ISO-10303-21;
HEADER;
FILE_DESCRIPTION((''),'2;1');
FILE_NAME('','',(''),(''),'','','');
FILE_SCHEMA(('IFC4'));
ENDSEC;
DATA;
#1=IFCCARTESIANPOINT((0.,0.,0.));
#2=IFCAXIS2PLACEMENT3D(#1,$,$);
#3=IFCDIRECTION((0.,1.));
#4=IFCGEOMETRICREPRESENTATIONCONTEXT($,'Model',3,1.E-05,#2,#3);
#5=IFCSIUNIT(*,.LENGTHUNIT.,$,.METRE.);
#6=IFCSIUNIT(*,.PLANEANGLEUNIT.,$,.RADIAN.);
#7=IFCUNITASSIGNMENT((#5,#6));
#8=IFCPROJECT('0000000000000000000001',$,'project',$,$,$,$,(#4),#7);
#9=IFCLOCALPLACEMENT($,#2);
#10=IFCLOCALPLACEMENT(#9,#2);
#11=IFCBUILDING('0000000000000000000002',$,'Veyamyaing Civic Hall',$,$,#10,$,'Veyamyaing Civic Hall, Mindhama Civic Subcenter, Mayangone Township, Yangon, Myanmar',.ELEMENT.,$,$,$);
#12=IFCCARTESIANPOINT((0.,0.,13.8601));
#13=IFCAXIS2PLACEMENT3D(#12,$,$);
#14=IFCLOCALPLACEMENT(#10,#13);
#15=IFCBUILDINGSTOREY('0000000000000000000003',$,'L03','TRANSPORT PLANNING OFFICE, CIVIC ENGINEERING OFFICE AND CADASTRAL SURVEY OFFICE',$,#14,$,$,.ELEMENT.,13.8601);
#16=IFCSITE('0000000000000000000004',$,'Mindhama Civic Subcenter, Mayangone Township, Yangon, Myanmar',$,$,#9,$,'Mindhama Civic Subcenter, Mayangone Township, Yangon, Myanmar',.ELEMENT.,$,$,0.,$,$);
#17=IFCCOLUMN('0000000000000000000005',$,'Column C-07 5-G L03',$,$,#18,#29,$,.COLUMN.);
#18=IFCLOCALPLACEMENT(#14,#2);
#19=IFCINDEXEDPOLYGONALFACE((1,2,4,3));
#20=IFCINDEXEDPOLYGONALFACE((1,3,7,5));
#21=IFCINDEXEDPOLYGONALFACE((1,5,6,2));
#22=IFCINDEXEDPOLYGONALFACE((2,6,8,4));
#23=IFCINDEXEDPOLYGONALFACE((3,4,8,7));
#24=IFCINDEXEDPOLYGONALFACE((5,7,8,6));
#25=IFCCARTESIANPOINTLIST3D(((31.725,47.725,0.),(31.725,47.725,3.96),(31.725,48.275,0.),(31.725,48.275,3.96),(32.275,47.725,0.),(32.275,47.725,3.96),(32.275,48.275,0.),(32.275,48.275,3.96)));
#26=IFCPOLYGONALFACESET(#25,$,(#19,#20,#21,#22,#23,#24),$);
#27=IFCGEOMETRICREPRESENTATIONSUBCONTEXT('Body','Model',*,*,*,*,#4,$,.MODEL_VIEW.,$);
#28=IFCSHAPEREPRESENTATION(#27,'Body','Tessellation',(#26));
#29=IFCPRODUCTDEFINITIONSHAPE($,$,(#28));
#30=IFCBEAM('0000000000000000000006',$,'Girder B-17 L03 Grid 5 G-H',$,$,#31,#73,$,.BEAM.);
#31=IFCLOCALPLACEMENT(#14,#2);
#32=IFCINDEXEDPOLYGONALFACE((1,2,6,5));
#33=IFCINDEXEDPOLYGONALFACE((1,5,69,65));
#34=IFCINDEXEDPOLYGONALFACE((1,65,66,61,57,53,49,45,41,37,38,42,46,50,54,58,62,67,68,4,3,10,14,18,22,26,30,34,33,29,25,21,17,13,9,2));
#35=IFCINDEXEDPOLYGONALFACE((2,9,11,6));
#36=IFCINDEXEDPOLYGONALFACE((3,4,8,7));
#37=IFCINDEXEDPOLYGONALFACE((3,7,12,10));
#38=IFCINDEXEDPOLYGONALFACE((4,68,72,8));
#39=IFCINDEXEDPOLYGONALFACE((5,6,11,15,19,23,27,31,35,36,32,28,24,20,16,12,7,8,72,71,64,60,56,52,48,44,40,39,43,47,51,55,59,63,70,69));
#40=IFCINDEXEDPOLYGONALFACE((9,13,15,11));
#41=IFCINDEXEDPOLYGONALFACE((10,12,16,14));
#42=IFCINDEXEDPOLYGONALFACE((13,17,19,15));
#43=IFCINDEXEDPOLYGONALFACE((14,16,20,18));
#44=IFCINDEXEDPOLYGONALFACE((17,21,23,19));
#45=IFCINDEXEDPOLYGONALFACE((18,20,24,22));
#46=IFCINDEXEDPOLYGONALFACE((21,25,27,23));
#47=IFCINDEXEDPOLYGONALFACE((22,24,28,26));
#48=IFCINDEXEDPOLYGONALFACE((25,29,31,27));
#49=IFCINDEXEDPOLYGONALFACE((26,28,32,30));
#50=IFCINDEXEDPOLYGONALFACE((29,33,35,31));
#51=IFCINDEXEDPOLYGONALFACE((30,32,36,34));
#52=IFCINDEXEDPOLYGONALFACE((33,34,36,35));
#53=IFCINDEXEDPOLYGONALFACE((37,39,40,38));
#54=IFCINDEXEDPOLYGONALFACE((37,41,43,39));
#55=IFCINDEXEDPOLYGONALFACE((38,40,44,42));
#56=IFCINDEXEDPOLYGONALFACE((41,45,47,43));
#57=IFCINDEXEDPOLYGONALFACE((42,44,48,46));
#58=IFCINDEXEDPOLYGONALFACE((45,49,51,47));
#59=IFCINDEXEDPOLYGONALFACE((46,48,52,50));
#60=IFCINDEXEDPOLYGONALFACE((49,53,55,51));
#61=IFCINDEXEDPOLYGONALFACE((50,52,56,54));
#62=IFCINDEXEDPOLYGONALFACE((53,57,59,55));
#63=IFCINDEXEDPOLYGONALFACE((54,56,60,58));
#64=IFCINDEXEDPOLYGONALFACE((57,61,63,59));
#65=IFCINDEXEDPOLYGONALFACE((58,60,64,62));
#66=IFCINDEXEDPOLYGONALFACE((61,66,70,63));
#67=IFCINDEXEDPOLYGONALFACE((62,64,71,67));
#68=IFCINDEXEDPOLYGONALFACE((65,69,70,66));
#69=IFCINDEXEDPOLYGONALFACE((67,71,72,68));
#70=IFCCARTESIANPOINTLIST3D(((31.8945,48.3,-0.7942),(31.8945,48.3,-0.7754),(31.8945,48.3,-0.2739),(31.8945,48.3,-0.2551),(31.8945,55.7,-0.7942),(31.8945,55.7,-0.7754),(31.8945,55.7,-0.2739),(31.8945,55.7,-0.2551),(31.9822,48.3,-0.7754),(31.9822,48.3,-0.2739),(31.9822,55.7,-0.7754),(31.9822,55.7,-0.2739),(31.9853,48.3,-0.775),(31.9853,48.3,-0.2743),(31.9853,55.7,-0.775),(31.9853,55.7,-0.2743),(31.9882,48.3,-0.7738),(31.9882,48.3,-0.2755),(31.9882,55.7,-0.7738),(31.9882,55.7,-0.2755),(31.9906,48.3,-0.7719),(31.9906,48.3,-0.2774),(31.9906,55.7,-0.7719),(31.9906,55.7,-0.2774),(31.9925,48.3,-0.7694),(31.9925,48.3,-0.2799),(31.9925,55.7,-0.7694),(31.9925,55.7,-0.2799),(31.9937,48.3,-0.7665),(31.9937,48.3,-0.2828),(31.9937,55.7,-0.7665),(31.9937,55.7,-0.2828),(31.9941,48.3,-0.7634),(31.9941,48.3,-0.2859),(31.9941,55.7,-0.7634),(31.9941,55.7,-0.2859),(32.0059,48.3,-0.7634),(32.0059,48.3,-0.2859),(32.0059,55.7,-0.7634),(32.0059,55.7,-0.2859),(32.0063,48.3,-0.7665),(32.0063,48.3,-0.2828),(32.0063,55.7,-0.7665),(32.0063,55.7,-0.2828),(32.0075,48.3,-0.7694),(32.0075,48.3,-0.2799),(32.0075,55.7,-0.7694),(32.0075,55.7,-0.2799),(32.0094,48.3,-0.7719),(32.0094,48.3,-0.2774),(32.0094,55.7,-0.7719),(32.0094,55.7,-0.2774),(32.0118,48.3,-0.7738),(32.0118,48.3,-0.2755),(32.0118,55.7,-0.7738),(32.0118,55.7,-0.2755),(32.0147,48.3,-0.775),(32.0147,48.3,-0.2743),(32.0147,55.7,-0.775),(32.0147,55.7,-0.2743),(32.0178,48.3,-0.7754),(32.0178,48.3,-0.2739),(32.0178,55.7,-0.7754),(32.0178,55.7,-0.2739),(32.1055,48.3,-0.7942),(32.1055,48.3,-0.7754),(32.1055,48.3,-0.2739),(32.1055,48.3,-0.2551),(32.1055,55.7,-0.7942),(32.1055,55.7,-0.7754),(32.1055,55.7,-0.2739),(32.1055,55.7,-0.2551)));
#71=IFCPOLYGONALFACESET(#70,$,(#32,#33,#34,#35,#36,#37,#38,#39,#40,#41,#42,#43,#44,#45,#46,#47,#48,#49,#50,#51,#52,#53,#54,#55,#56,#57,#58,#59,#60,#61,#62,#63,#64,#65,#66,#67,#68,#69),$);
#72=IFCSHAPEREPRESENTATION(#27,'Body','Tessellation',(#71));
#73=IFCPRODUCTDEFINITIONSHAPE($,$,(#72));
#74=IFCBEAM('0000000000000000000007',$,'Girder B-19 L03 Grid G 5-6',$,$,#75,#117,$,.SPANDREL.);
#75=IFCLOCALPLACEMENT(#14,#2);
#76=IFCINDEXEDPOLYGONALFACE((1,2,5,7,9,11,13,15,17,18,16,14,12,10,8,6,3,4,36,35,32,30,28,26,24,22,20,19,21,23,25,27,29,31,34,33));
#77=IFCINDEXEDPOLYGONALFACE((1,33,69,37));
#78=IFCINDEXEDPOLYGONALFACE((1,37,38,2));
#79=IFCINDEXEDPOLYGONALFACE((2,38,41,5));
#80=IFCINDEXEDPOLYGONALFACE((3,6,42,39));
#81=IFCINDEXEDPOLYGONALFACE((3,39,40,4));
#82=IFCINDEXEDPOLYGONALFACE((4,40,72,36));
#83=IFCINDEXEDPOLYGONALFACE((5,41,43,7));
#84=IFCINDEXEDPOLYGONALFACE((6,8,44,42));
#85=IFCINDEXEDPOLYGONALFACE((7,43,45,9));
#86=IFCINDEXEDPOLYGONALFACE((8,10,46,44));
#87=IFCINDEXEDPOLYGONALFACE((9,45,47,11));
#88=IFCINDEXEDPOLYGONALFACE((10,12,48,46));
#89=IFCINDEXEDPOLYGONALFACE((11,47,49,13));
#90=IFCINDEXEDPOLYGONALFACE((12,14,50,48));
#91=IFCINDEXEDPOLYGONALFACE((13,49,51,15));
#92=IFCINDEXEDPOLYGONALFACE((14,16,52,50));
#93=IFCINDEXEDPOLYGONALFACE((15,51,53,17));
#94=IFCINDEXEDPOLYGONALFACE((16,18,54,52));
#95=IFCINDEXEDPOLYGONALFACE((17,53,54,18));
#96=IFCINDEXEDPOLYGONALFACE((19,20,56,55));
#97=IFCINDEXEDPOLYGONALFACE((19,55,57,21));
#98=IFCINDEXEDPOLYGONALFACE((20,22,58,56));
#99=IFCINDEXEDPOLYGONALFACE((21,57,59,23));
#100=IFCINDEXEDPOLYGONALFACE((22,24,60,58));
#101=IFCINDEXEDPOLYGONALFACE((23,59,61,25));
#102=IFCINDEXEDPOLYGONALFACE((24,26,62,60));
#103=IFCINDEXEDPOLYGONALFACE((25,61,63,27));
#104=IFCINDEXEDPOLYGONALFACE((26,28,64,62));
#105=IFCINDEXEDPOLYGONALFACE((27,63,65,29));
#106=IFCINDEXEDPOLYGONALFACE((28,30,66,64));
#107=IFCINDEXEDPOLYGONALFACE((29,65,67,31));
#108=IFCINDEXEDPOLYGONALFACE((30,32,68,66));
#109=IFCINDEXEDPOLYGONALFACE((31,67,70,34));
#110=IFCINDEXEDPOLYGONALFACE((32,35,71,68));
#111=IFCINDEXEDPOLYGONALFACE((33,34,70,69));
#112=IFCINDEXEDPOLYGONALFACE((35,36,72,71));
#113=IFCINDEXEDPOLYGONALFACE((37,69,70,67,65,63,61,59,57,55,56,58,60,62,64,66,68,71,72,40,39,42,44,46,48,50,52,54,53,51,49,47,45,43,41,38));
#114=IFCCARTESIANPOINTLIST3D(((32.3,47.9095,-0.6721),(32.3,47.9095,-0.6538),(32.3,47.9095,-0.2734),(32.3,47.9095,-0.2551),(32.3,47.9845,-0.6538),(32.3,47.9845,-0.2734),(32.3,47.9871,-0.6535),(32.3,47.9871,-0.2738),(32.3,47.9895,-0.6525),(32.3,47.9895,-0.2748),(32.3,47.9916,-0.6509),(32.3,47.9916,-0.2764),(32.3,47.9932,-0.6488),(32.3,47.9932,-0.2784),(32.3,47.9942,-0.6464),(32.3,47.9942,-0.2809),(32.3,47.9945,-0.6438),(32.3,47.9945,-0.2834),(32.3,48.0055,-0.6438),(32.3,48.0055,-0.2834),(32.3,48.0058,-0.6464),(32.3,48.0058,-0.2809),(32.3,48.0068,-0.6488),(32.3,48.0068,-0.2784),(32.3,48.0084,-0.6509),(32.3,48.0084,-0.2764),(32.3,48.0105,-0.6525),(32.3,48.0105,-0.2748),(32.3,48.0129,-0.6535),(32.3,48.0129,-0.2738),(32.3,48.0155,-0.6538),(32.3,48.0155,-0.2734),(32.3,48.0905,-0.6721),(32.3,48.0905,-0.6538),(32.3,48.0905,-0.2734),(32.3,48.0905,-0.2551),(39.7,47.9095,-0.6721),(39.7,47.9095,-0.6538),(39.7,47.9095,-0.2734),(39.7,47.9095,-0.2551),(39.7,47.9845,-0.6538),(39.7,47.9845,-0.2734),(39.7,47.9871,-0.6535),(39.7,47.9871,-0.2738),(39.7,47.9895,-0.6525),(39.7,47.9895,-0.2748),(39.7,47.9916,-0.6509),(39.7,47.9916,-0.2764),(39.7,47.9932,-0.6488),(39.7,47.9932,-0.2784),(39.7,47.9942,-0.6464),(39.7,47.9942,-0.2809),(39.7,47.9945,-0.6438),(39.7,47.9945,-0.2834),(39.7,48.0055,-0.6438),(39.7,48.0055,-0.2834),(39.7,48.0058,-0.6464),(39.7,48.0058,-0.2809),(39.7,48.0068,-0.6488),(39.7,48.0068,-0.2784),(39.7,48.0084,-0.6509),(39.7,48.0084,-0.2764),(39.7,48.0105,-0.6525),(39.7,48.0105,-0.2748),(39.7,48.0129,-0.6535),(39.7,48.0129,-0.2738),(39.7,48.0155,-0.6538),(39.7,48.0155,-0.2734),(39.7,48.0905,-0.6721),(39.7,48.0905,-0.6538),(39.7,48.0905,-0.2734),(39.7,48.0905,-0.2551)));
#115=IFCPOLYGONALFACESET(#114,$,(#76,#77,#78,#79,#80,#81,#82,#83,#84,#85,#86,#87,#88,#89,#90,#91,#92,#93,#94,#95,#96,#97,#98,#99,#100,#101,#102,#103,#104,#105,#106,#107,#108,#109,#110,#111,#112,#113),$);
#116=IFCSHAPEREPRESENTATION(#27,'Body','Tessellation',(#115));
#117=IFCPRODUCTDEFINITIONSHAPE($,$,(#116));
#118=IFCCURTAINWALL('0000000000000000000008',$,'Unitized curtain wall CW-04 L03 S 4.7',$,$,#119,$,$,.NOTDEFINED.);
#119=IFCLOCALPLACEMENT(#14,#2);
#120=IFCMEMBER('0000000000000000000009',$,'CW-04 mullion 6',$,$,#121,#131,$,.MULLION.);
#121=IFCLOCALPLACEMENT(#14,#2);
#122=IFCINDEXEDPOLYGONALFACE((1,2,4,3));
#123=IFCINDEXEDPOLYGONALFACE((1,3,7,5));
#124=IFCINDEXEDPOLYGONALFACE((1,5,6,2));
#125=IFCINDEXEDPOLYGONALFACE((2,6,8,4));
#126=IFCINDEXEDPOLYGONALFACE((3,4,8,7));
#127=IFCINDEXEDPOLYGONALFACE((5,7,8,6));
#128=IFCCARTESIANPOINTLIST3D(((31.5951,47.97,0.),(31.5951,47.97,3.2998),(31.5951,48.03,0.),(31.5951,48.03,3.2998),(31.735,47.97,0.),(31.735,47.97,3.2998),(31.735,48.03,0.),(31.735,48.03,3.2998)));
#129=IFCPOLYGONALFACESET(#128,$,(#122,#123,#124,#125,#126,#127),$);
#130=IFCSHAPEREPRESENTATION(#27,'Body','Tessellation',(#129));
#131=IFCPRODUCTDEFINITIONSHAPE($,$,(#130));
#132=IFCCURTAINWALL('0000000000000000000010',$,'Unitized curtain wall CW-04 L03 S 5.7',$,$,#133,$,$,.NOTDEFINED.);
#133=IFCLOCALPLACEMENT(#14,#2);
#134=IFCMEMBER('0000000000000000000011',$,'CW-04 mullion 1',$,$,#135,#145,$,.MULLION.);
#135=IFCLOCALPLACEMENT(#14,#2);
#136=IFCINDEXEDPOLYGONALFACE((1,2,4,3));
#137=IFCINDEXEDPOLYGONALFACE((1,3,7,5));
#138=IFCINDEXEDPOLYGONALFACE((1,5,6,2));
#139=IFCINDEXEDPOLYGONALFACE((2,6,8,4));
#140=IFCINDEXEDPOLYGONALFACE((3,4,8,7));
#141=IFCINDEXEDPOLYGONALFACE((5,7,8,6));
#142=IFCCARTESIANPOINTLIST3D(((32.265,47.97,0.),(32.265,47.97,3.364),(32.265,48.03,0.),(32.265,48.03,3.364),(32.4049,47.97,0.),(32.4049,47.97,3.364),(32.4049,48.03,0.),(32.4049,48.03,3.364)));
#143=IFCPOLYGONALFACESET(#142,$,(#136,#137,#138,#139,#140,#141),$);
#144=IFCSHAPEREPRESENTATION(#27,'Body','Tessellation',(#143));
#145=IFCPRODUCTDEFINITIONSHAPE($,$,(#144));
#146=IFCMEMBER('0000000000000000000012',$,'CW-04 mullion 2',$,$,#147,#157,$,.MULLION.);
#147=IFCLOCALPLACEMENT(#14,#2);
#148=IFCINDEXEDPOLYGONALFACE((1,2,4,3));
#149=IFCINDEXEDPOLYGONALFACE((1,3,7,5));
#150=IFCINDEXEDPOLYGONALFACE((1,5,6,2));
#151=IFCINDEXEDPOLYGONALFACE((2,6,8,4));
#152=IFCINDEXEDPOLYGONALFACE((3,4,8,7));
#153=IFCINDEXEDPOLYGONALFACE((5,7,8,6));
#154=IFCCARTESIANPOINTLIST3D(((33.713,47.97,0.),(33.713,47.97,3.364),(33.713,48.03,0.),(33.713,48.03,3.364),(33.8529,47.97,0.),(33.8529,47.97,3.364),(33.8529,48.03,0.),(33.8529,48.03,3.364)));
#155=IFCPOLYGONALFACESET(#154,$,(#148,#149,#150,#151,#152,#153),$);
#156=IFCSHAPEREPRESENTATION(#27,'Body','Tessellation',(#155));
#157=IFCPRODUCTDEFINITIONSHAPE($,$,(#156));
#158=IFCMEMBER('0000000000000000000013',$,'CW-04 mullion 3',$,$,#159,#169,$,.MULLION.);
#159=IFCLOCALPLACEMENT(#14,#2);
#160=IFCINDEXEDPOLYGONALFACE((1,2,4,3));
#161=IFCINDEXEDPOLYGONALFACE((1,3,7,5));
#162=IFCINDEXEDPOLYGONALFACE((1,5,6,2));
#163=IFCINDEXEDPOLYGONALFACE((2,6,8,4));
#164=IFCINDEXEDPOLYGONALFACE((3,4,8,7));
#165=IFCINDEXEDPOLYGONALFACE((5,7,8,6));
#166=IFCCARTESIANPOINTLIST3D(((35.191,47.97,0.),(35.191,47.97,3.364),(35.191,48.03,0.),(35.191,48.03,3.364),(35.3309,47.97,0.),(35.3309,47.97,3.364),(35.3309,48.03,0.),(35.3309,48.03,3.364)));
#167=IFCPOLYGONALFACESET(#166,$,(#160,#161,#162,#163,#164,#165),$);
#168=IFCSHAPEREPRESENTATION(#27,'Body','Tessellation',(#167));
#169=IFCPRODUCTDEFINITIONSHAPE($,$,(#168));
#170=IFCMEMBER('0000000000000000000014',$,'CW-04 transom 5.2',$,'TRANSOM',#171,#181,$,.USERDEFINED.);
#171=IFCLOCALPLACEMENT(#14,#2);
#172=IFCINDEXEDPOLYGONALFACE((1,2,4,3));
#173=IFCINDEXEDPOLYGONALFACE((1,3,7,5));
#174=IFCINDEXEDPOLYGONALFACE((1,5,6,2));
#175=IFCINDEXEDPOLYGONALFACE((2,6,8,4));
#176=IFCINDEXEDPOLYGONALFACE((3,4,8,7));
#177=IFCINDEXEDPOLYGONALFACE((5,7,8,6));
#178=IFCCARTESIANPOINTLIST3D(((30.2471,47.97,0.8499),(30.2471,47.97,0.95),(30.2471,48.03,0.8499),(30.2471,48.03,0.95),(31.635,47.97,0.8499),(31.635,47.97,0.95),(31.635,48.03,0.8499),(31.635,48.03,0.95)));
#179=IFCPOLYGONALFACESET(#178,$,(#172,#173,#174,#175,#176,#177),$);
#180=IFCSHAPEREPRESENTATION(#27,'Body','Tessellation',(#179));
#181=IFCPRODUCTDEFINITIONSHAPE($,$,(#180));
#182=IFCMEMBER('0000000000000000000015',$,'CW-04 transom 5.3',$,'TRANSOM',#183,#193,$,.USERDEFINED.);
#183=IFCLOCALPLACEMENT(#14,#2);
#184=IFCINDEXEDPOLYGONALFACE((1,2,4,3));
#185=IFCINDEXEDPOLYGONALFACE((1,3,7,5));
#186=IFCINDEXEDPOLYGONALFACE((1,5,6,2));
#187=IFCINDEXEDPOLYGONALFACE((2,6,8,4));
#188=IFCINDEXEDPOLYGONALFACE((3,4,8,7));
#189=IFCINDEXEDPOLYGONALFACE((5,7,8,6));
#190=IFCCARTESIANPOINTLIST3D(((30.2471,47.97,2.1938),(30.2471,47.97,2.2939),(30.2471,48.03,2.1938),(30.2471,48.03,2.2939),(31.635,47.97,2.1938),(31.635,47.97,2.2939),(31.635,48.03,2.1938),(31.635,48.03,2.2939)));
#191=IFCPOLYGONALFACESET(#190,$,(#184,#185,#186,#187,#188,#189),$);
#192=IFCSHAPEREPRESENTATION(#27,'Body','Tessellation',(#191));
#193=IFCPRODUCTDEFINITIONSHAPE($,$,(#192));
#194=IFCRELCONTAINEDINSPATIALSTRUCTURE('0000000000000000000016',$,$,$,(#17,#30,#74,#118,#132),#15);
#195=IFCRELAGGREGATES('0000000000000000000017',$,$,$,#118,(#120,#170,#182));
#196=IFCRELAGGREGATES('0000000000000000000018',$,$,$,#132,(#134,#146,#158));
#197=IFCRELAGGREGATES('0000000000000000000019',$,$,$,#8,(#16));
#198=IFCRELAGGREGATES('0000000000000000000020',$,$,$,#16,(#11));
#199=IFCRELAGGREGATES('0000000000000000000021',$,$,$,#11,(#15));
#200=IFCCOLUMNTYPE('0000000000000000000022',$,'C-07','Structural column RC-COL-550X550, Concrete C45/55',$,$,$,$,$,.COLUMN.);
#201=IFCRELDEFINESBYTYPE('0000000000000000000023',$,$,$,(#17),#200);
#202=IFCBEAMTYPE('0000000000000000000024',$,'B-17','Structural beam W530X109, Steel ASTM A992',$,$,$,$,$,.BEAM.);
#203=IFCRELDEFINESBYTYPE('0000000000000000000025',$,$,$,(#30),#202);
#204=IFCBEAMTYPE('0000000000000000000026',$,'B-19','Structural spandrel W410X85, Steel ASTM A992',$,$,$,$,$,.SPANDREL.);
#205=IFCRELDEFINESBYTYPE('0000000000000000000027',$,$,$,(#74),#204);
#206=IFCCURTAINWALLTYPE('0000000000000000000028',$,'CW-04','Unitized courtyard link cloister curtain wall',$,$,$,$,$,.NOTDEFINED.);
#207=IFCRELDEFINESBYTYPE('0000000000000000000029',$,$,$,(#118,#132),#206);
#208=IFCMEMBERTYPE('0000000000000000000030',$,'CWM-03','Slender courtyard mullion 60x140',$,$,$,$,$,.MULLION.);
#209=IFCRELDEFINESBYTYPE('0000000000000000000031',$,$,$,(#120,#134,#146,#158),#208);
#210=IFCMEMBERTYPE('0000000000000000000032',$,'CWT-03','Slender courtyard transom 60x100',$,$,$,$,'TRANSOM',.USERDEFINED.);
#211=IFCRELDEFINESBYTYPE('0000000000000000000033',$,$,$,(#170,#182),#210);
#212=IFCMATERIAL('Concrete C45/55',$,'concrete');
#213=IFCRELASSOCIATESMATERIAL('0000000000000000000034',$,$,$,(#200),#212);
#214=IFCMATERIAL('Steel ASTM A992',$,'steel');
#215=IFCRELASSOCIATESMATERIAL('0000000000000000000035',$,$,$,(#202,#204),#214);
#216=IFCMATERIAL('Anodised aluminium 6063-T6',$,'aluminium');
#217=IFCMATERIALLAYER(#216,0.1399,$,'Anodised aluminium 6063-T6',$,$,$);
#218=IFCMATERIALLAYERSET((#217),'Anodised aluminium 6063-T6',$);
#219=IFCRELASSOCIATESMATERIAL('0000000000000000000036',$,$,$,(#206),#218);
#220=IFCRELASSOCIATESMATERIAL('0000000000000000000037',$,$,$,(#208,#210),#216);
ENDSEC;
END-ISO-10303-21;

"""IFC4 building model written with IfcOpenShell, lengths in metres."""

from ifc_helpers import new_model, si_unit, direction, frame, origin, origin_2d, place, context, subcontext, project, spatial, rectangle, i_section, extrude, material, layer, layer_set, material_profile, profile_set, type_object, element, aggregate, save


model = new_model("IFC4")

# Units and contexts
model_context = context("Model", 3, precision=1e-05, world=origin(), true_north=direction((0.0, 1.0)))
body_context = subcontext(model_context, "Body", "Model", "MODEL_VIEW")
ifc_project = project(units=[si_unit("LENGTHUNIT", "METRE"), si_unit("PLANEANGLEUNIT", "RADIAN")], contexts=[model_context])

# Site, building, storey
site_placement = place(None, origin())
site = spatial("IfcSite", under=ifc_project, at=site_placement, Name="Mindhama Civic Subcenter, Mayangone Township, Yangon, Myanmar", LongName="Mindhama Civic Subcenter, Mayangone Township, Yangon, Myanmar", CompositionType="ELEMENT", RefElevation=0.0)
building_placement = place(site_placement, origin())
building = spatial("IfcBuilding", under=site, at=building_placement, Name="Veyamyaing Civic Hall", LongName="Veyamyaing Civic Hall, Mindhama Civic Subcenter, Mayangone Township, Yangon, Myanmar", CompositionType="ELEMENT")
storey_placement = place(building_placement, frame((0.0, 0.0, 13.8601)))
storey = spatial("IfcBuildingStorey", under=building, at=storey_placement, Name="L03", Description="TRANSPORT PLANNING OFFICE, CIVIC ENGINEERING OFFICE AND CADASTRAL SURVEY OFFICE", CompositionType="ELEMENT", Elevation=13.8601)

# Column
ifc_material_1 = material(Name="Concrete C45/55", Category="concrete")
ifc_material_profile_1 = material_profile(ifc_material_1, rectangle(XDim=0.55, YDim=0.55, at=origin_2d()), Name="RC-COL-550X550")
ifc_profile_set_1 = profile_set([ifc_material_profile_1], Name="Concrete C45/55")
column_type = type_object("IfcColumnType", Name="C-07", Description="Structural column RC-COL-550X550, Concrete C45/55", PredefinedType="COLUMN", material=ifc_profile_set_1)
column_placement = place(storey_placement, frame((32.0, 48.0, 0.0), z_axis=(0.0, 0.0, 1.0), x_axis=(1.0, 0.0, 0.0)))
element("IfcColumn", 1, at=column_placement, inside=storey, type_object=column_type, Name="Column C-07 5-G L03", PredefinedType="COLUMN", context=body_context, shape_type="SweptSolid", body=[
    extrude(rectangle(XDim=0.55, YDim=0.55, at=origin_2d()), origin(), (0.0, 0.0, 1.0), 3.96),
])

# Beams
ifc_material_2 = material(Name="Steel ASTM A992", Category="steel")
ifc_material_profile_2 = material_profile(ifc_material_2, i_section(OverallWidth=0.2109, OverallDepth=0.5391, WebThickness=0.0117, FlangeThickness=0.0188, FilletRadius=0.012, at=origin_2d()), Name="W530X109")
ifc_profile_set_2 = profile_set([ifc_material_profile_2], Name="Steel ASTM A992")
beam_type_1 = type_object("IfcBeamType", Name="B-17", Description="Structural beam W530X109, Steel ASTM A992", PredefinedType="BEAM", material=ifc_profile_set_2)
beam_1_placement = place(storey_placement, frame((32.0, 48.3, -0.5247), z_axis=(0.0, 1.0, 0.0), x_axis=(-1.0, 0.0, 0.0)))
element("IfcBeam", 2, at=beam_1_placement, inside=storey, type_object=beam_type_1, Name="Girder B-17 L03 Grid 5 G-H", PredefinedType="BEAM", context=body_context, shape_type="SweptSolid", body=[
    extrude(i_section(OverallWidth=0.2109, OverallDepth=0.5391, WebThickness=0.0117, FlangeThickness=0.0188, FilletRadius=0.012, at=origin_2d()), origin(), (0.0, 0.0, 1.0), 7.3999),
])
ifc_material_profile_3 = material_profile(ifc_material_2, i_section(OverallWidth=0.1809, OverallDepth=0.417, WebThickness=0.011, FlangeThickness=0.0183, FilletRadius=0.01, at=origin_2d()), Name="W410X85")
ifc_profile_set_3 = profile_set([ifc_material_profile_3], Name="Steel ASTM A992")
beam_type_2 = type_object("IfcBeamType", Name="B-19", Description="Structural spandrel W410X85, Steel ASTM A992", PredefinedType="SPANDREL", material=ifc_profile_set_3)
beam_2_placement = place(storey_placement, frame((32.3, 48.0, -0.4636), z_axis=(1.0, 0.0, 0.0), x_axis=(0.0, 1.0, 0.0)))
element("IfcBeam", 3, at=beam_2_placement, inside=storey, type_object=beam_type_2, Name="Girder B-19 L03 Grid G 5-6", PredefinedType="SPANDREL", context=body_context, shape_type="SweptSolid", body=[
    extrude(i_section(OverallWidth=0.1809, OverallDepth=0.417, WebThickness=0.011, FlangeThickness=0.0183, FilletRadius=0.01, at=origin_2d()), origin(), (0.0, 0.0, 1.0), 7.3999),
])

# Curtain wall, member
ifc_material_3 = material(Name="Anodised aluminium 6063-T6", Category="aluminium")
ifc_layer_1 = layer(ifc_material_3, 0.1399, Name="Anodised aluminium 6063-T6")
ifc_layer_set_1 = layer_set([ifc_layer_1], Name="Anodised aluminium 6063-T6")
curtain_wall_type = type_object("IfcCurtainWallType", Name="CW-04", Description="Unitized courtyard link cloister curtain wall", PredefinedType="NOTDEFINED", material=ifc_layer_set_1)
curtain_wall_1_placement = place(storey_placement, origin())
curtain_wall_1 = element("IfcCurtainWall", 4, at=curtain_wall_1_placement, inside=storey, type_object=curtain_wall_type, Name="Unitized curtain wall CW-04 L03 S 4.7", PredefinedType="NOTDEFINED")
ifc_material_profile_4 = material_profile(ifc_material_3, rectangle(XDim=0.0601, YDim=0.1399, at=origin_2d()), Name="ALU-MUL-60X140")
ifc_profile_set_4 = profile_set([ifc_material_profile_4], Name="Anodised aluminium 6063-T6")
member_type_1 = type_object("IfcMemberType", Name="CWM-03", Description="Slender courtyard mullion 60x140", PredefinedType="MULLION", material=ifc_profile_set_4)
member_1_placement = place(storey_placement, frame((31.665, 48.0, 0.0), z_axis=(0.0, 0.0, 1.0), x_axis=(0.0, 1.0, 0.0)))
member_1 = element("IfcMember", 5, at=member_1_placement, type_object=member_type_1, Name="CW-04 mullion 6", PredefinedType="MULLION", context=body_context, shape_type="SweptSolid", body=[
    extrude(rectangle(XDim=0.0601, YDim=0.1399, at=origin_2d()), origin(), (0.0, 0.0, 1.0), 3.2998),
])

# Curtain wall, members
curtain_wall_2_placement = place(storey_placement, origin())
curtain_wall_2 = element("IfcCurtainWall", 6, at=curtain_wall_2_placement, inside=storey, type_object=curtain_wall_type, Name="Unitized curtain wall CW-04 L03 S 5.7", PredefinedType="NOTDEFINED")
member_2_placement = place(storey_placement, frame((32.335, 48.0, 0.0), z_axis=(0.0, 0.0, 1.0), x_axis=(0.0, 1.0, 0.0)))
member_2 = element("IfcMember", 7, at=member_2_placement, type_object=member_type_1, Name="CW-04 mullion 1", PredefinedType="MULLION", context=body_context, shape_type="SweptSolid", body=[
    extrude(rectangle(XDim=0.0601, YDim=0.1399, at=origin_2d()), origin(), (0.0, 0.0, 1.0), 3.364),
])
member_3_placement = place(storey_placement, frame((33.783, 48.0, 0.0), z_axis=(0.0, 0.0, 1.0), x_axis=(0.0, 1.0, 0.0)))
member_3 = element("IfcMember", 8, at=member_3_placement, type_object=member_type_1, Name="CW-04 mullion 2", PredefinedType="MULLION", context=body_context, shape_type="SweptSolid", body=[
    extrude(rectangle(XDim=0.0601, YDim=0.1399, at=origin_2d()), origin(), (0.0, 0.0, 1.0), 3.364),
])
member_4_placement = place(storey_placement, frame((35.261, 48.0, 0.0), z_axis=(0.0, 0.0, 1.0), x_axis=(0.0, 1.0, 0.0)))
member_4 = element("IfcMember", 9, at=member_4_placement, type_object=member_type_1, Name="CW-04 mullion 3", PredefinedType="MULLION", context=body_context, shape_type="SweptSolid", body=[
    extrude(rectangle(XDim=0.0601, YDim=0.1399, at=origin_2d()), origin(), (0.0, 0.0, 1.0), 3.364),
])

# Members
ifc_material_profile_5 = material_profile(ifc_material_3, rectangle(XDim=0.0601, YDim=0.1001, at=origin_2d()), Name="ALU-TRN-60X100")
ifc_profile_set_5 = profile_set([ifc_material_profile_5], Name="Anodised aluminium 6063-T6")
member_type_2 = type_object("IfcMemberType", Name="CWT-03", Description="Slender courtyard transom 60x100", ElementType="TRANSOM", PredefinedType="USERDEFINED", material=ifc_profile_set_5)
member_5_placement = place(storey_placement, frame((30.2471, 48.0, 0.8999), z_axis=(1.0, 0.0, 0.0), x_axis=(0.0, 1.0, 0.0)))
member_5 = element("IfcMember", 10, at=member_5_placement, type_object=member_type_2, Name="CW-04 transom 5.2", ObjectType="TRANSOM", PredefinedType="USERDEFINED", context=body_context, shape_type="SweptSolid", body=[
    extrude(rectangle(XDim=0.0601, YDim=0.1001, at=origin_2d()), origin(), (0.0, 0.0, 1.0), 1.3879),
])
member_6_placement = place(storey_placement, frame((30.2471, 48.0, 2.2439), z_axis=(1.0, 0.0, 0.0), x_axis=(0.0, 1.0, 0.0)))
member_6 = element("IfcMember", 11, at=member_6_placement, type_object=member_type_2, Name="CW-04 transom 5.3", ObjectType="TRANSOM", PredefinedType="USERDEFINED", context=body_context, shape_type="SweptSolid", body=[
    extrude(rectangle(XDim=0.0601, YDim=0.1001, at=origin_2d()), origin(), (0.0, 0.0, 1.0), 1.3879),
])

aggregate(curtain_wall_1, [member_1, member_5, member_6])
aggregate(curtain_wall_2, [member_2, member_3, member_4])

save(model, "model.ifc")
